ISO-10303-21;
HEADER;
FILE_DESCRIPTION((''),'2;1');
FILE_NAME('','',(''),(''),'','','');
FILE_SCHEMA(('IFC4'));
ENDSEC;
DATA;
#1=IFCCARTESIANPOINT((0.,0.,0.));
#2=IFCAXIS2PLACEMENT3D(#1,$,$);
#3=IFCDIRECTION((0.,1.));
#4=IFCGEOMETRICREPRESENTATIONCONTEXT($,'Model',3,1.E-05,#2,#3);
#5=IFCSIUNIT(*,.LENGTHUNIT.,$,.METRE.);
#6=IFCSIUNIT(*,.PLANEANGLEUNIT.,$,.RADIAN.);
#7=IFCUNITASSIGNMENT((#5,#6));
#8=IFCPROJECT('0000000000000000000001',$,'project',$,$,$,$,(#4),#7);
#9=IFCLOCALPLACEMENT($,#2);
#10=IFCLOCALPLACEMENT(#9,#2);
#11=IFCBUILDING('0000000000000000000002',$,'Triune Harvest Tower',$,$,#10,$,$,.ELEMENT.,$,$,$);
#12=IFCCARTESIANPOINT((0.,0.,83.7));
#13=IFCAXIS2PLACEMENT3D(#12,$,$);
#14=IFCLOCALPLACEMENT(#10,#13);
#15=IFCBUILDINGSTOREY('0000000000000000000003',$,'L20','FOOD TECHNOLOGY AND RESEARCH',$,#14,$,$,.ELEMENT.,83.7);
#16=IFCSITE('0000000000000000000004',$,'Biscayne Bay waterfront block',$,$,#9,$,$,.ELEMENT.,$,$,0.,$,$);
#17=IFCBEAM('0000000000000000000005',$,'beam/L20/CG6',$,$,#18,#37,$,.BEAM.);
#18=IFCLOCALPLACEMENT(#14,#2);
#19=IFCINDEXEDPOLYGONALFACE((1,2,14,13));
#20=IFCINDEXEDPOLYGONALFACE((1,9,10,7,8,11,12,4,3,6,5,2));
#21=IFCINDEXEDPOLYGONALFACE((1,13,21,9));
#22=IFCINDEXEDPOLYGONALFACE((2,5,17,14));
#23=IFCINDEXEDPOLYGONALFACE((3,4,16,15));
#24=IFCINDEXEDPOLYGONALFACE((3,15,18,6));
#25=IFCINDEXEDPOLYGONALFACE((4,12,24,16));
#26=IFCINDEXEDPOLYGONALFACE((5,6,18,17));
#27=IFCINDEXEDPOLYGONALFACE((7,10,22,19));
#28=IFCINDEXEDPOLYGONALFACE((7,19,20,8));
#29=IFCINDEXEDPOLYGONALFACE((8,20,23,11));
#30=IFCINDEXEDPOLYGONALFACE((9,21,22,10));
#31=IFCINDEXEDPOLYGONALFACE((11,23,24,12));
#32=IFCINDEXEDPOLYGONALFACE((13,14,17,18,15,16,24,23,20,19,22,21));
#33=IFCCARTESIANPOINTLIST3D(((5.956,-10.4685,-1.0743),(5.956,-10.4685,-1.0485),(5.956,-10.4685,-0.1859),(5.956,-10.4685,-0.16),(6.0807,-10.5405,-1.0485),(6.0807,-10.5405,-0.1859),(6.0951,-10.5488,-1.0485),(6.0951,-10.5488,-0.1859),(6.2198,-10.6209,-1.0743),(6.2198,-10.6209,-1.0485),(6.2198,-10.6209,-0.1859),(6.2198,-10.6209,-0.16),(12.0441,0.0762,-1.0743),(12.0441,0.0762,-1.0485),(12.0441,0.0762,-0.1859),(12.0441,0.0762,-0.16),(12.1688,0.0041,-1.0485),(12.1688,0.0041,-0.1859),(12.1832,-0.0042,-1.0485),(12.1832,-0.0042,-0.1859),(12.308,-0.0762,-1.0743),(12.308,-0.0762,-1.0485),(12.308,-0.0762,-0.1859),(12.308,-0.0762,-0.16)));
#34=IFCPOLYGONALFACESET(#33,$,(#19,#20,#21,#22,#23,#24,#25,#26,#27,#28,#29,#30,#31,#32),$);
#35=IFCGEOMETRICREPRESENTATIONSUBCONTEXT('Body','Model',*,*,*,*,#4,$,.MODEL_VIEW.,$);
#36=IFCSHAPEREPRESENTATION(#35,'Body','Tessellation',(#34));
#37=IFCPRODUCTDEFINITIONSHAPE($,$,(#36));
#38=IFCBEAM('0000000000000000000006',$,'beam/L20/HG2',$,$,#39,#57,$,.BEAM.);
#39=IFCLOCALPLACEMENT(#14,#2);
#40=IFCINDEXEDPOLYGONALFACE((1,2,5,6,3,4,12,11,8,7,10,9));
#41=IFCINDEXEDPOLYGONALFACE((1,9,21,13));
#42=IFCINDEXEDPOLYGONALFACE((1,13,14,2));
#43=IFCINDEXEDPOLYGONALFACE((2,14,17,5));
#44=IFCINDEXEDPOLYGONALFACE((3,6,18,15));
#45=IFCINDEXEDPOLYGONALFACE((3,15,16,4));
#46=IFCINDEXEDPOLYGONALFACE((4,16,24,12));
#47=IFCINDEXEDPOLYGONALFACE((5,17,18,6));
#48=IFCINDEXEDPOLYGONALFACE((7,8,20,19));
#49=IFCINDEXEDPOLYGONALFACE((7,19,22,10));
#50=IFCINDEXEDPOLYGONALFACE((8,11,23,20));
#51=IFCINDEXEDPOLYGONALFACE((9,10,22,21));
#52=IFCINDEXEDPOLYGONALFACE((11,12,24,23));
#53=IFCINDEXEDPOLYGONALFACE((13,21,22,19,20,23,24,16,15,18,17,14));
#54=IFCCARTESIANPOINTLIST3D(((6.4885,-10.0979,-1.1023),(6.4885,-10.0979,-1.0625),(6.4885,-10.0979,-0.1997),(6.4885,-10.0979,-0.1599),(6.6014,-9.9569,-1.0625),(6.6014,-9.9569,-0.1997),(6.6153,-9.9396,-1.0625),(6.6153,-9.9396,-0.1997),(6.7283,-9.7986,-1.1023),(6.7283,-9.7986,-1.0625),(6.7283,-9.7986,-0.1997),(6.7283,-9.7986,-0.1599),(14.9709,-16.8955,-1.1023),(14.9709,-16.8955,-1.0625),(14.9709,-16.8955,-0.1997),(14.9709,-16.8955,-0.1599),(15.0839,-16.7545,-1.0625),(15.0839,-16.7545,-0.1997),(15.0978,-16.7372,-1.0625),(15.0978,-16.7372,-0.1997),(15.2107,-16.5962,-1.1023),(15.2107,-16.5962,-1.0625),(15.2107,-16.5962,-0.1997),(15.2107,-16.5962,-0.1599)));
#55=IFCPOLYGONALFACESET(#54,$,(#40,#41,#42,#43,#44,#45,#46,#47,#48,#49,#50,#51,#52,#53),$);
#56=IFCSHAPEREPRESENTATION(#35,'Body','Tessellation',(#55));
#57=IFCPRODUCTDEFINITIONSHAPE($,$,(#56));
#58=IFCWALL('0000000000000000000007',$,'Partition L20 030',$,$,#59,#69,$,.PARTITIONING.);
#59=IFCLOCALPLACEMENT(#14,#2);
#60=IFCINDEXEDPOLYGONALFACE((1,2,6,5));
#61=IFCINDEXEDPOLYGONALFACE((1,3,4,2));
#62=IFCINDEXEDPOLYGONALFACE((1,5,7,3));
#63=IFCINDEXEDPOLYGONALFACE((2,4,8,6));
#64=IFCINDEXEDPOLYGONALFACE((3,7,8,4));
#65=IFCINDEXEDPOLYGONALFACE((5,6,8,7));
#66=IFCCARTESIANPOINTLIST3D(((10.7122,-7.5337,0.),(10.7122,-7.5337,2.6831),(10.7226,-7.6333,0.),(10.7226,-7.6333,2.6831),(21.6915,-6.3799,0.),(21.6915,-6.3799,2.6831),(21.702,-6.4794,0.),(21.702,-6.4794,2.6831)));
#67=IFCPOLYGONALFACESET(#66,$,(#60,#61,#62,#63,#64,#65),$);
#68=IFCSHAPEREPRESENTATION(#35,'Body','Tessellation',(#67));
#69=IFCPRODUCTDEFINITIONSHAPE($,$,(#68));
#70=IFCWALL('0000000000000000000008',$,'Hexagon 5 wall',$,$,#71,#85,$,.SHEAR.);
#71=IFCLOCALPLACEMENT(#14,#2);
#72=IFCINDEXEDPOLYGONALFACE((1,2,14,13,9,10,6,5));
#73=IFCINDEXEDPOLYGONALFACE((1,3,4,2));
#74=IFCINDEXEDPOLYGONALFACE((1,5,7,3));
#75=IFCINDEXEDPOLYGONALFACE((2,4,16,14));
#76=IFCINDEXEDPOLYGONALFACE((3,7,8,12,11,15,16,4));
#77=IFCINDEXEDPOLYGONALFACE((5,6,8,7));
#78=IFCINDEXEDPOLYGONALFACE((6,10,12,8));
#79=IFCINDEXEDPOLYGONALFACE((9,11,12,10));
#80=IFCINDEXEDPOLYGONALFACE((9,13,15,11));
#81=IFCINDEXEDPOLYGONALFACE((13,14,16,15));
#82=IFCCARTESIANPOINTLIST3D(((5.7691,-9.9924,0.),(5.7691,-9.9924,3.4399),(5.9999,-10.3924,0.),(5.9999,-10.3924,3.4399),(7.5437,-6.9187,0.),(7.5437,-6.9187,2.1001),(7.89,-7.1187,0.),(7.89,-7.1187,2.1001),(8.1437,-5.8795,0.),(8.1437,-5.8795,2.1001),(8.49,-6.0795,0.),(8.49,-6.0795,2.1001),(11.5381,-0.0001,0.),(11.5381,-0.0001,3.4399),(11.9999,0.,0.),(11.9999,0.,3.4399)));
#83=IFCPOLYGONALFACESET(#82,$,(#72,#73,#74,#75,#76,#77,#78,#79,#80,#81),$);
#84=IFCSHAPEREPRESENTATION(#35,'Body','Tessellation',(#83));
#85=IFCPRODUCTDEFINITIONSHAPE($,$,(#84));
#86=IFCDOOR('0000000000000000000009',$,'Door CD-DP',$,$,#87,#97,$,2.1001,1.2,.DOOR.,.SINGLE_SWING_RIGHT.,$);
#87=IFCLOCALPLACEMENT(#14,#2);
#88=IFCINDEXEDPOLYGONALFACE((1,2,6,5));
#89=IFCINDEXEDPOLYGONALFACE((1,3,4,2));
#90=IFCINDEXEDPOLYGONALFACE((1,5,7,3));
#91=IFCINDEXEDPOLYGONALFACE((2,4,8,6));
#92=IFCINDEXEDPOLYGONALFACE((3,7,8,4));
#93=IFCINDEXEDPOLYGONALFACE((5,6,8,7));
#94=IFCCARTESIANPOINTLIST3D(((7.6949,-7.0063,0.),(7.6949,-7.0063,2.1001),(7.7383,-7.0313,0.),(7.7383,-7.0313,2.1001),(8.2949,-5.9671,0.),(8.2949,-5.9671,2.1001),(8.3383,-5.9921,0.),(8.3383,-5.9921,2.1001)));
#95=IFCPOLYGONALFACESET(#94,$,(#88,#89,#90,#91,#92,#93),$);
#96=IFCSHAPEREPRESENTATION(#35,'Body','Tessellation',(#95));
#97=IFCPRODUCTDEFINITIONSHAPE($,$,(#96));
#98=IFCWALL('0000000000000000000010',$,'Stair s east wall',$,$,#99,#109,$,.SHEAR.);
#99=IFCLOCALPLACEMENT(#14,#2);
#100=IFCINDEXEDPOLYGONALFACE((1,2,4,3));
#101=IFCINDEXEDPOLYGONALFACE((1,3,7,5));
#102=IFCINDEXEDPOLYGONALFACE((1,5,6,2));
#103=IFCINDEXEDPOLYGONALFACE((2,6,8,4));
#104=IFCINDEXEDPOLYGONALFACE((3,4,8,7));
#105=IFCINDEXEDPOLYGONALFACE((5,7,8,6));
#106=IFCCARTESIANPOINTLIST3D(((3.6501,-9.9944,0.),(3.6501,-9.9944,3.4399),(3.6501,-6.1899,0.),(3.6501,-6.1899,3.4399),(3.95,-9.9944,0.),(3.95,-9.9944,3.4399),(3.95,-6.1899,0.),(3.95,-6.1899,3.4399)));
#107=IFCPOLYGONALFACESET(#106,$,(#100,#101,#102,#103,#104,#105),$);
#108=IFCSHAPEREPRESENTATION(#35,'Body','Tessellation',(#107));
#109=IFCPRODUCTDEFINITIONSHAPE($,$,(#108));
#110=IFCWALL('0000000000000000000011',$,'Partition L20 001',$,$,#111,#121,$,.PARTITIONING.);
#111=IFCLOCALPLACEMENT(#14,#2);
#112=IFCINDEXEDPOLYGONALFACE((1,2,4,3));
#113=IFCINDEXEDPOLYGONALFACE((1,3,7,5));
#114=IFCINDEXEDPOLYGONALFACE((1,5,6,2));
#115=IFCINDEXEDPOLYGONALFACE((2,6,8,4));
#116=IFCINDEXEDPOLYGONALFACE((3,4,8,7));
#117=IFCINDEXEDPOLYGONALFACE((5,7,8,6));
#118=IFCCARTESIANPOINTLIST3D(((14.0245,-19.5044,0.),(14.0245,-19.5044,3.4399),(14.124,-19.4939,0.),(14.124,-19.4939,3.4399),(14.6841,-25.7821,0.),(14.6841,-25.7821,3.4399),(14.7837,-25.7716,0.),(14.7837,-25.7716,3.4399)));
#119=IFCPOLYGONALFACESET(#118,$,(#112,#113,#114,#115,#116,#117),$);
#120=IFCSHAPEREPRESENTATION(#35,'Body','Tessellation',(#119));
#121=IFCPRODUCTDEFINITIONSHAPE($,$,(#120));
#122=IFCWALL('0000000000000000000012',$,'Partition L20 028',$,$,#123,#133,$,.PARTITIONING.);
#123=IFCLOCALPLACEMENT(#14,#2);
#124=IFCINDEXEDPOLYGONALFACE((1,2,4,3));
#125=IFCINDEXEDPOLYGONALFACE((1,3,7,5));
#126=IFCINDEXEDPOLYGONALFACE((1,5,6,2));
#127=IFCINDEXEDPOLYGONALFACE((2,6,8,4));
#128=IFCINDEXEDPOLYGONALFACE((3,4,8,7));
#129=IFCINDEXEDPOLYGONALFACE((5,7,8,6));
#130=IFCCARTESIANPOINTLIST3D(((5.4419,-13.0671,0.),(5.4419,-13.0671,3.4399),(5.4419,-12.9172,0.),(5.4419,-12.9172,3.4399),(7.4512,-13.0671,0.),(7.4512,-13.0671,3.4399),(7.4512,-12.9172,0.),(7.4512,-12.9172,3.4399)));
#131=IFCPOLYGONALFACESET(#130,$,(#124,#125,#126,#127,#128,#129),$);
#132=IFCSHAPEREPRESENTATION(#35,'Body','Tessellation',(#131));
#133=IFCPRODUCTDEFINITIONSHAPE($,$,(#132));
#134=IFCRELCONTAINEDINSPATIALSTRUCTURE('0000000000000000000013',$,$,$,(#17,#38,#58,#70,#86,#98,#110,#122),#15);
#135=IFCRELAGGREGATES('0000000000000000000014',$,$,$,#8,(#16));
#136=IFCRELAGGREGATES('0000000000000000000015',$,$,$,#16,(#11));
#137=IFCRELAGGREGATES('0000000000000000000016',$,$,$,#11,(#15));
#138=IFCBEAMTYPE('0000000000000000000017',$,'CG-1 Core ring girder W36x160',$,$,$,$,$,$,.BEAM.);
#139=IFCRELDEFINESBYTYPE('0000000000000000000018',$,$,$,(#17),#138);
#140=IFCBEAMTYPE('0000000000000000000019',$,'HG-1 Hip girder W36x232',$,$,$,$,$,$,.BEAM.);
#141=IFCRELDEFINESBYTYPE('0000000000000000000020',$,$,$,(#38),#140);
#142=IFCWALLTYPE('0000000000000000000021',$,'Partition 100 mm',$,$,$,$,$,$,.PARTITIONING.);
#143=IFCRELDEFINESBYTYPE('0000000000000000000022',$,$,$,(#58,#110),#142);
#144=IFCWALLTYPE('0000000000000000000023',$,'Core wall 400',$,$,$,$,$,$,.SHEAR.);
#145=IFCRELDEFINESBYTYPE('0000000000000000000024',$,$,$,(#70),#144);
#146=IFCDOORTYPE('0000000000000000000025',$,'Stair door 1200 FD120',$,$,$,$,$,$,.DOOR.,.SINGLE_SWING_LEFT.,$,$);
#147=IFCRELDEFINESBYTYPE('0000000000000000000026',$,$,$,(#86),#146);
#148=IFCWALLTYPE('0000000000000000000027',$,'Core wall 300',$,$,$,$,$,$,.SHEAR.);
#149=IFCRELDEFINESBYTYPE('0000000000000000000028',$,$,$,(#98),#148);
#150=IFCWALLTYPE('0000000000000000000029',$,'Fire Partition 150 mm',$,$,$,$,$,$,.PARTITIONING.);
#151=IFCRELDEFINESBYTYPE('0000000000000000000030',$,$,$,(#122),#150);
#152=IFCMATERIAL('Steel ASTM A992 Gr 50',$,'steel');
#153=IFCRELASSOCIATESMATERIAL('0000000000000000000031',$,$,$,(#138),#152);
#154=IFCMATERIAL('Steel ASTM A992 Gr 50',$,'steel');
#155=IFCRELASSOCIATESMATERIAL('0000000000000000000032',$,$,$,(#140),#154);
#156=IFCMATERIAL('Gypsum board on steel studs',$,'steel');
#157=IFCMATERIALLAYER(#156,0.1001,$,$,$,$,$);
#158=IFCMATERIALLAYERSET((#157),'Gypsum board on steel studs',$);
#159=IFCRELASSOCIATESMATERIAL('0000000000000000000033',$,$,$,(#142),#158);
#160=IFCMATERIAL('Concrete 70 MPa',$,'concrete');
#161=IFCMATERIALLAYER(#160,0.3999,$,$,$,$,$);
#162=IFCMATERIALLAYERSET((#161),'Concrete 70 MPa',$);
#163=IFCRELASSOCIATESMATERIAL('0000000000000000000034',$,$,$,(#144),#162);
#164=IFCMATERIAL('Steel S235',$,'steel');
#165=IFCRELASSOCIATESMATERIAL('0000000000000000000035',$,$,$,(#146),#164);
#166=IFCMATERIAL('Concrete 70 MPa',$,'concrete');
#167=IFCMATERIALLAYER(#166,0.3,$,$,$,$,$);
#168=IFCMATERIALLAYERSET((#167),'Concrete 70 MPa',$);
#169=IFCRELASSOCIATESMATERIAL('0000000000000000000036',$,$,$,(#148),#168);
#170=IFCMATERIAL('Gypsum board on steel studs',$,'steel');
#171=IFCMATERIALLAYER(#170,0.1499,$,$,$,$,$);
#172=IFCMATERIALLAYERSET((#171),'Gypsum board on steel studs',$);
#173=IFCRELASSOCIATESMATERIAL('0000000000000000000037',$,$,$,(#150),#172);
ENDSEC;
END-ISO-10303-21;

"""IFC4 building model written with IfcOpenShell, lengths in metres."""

from ifc_helpers import new_model, si_unit, direction, frame, frame_2d, origin, origin_2d, place, context, subcontext, project, spatial, polyline, rectangle, i_section, outline, extrude, source, transform, mapped, material, layer, layer_set, material_profile, profile_set, type_object, element, fill, save


model = new_model("IFC4")

# Units and contexts
model_context = context("Model", 3, precision=1e-05, world=origin(), true_north=direction((0.0, 1.0)))
body_context = subcontext(model_context, "Body", "Model", "MODEL_VIEW")
ifc_project = project(units=[si_unit("LENGTHUNIT", "METRE"), si_unit("PLANEANGLEUNIT", "RADIAN")], contexts=[model_context])

# Site, building, storey
site_placement = place(None, origin())
site = spatial("IfcSite", under=ifc_project, at=site_placement, Name="Biscayne Bay waterfront block", CompositionType="ELEMENT", RefElevation=0.0)
building_placement = place(site_placement, origin())
building = spatial("IfcBuilding", under=site, at=building_placement, Name="Triune Harvest Tower", CompositionType="ELEMENT")
storey_placement = place(building_placement, frame((0.0, 0.0, 83.7)))
storey = spatial("IfcBuildingStorey", under=building, at=storey_placement, Name="L20", Description="FOOD TECHNOLOGY AND RESEARCH", CompositionType="ELEMENT", Elevation=83.7)

# Beams
ifc_material_1 = material(Name="Steel ASTM A992 Gr 50", Category="steel")
ifc_material_profile_1 = material_profile(ifc_material_1, i_section(OverallWidth=0.3047, OverallDepth=0.9143, WebThickness=0.0166, FlangeThickness=0.0259, at=origin_2d()), Name="W36x160")
ifc_profile_set_1 = profile_set([ifc_material_profile_1], Name="Steel ASTM A992 Gr 50")
beam_type_1 = type_object("IfcBeamType", Name="CG-1 Core ring girder W36x160", PredefinedType="BEAM", material=ifc_profile_set_1)
shared_shape_1 = source(origin(), body_context, "Body", "SweptSolid", [
    extrude(i_section(OverallWidth=0.3047, OverallDepth=0.9143, WebThickness=0.0166, FlangeThickness=0.0259, at=origin_2d()), origin(), (0.0, 0.0, 1.0), 12.176),
])
beam_1_placement = place(storey_placement, frame((6.0879, -10.5447, -0.6172), z_axis=(0.50001, 0.86602, 0.0), x_axis=(-0.86602, 0.50001, 0.0)))
element("IfcBeam", 1, at=beam_1_placement, inside=storey, type_object=beam_type_1, Name="beam/L20/CG6", PredefinedType="BEAM", context=body_context, shape_type="MappedRepresentation", body=[
    mapped(shared_shape_1, transform((0.0, 0.0, 0.0), scale=1.0)),
])
ifc_material_2 = material(Name="Steel ASTM A992 Gr 50", Category="steel")
ifc_material_profile_2 = material_profile(ifc_material_2, i_section(OverallWidth=0.3835, OverallDepth=0.9424, WebThickness=0.0222, FlangeThickness=0.0398, at=origin_2d()), Name="W36x232")
ifc_profile_set_2 = profile_set([ifc_material_profile_2], Name="Steel ASTM A992 Gr 50")
beam_type_2 = type_object("IfcBeamType", Name="HG-1 Hip girder W36x232", PredefinedType="BEAM", material=ifc_profile_set_2)
shared_shape_2 = source(origin(), body_context, "Body", "SweptSolid", [
    extrude(i_section(OverallWidth=0.3835, OverallDepth=0.9424, WebThickness=0.0222, FlangeThickness=0.0398, at=origin_2d()), origin(), (0.0, 0.0, 1.0), 10.8701),
])
beam_2_placement = place(storey_placement, frame((15.0908, -16.7458, -0.6311), z_axis=(-0.780345, 0.625349, 0.0), x_axis=(-0.625349, -0.780345, 0.0)))
element("IfcBeam", 2, at=beam_2_placement, inside=storey, type_object=beam_type_2, Name="beam/L20/HG2", PredefinedType="BEAM", context=body_context, shape_type="MappedRepresentation", body=[
    mapped(shared_shape_2, transform((0.0, 0.0, 0.0), scale=1.0)),
])

# Wall
ifc_material_3 = material(Name="Gypsum board on steel studs", Category="steel")
ifc_layer_1 = layer(ifc_material_3, 0.1001)
ifc_layer_set_1 = layer_set([ifc_layer_1], Name="Gypsum board on steel studs")
wall_type_1 = type_object("IfcWallType", Name="Partition 100 mm", PredefinedType="PARTITIONING", material=ifc_layer_set_1)
wall_1_placement = place(storey_placement, frame((10.7173, -7.5835, 0.0), z_axis=(0.0, 0.0, 1.0), x_axis=(0.994523, 0.104514, 0.0)))
element("IfcWall", 3, at=wall_1_placement, inside=storey, type_object=wall_type_1, Name="Partition L20 030", PredefinedType="PARTITIONING", context=body_context, shape_type="SweptSolid", body=[
    extrude(rectangle(XDim=11.0398, YDim=0.1001, at=frame_2d((5.52, 0.0))), origin(), (0.0, 0.0, 1.0), 2.6831),
])

# Wall, opening, door
ifc_material_4 = material(Name="Concrete 70 MPa", Category="concrete")
ifc_layer_2 = layer(ifc_material_4, 0.3999)
ifc_layer_set_2 = layer_set([ifc_layer_2], Name="Concrete 70 MPa")
wall_type_2 = type_object("IfcWallType", Name="Core wall 400", PredefinedType="SHEAR", material=ifc_layer_set_2)
shared_shape_3 = source(origin(), body_context, "Body", "SweptSolid", [
    extrude(outline(polyline([(-0.1155, -0.2), (11.8845, -0.2), (11.6536, 0.2), (0.1155, 0.2), (-0.1155, -0.2)])), origin(), (0.0, 0.0, 1.0), 3.4399),
])
wall_2_placement = place(storey_placement, frame((5.8845, -10.1924, 0.0), z_axis=(0.0, 0.0, 1.0), x_axis=(0.499997, 0.866027, 0.0)))
wall_2 = element("IfcWall", 4, at=wall_2_placement, inside=storey, type_object=wall_type_2, Name="Hexagon 5 wall", PredefinedType="SHEAR", context=body_context, shape_type="MappedRepresentation", body=[
    mapped(shared_shape_3, transform((0.0, 0.0, 0.0), scale=1.0)),
])
opening_1_placement = place(wall_2_placement, frame((3.6646, 0.0, 0.0)))
opening_1 = element("IfcOpeningElement", 5, at=opening_1_placement, cuts=wall_2, PredefinedType="OPENING", context=body_context, shape_type="SweptSolid", body=[
    extrude(rectangle(XDim=1.2, YDim=2.1001, at=frame_2d((0.6001, 1.05))), frame((0.0, 0.21, 0.0), z_axis=(0.0, -1.0, 0.0), x_axis=(1.0, 0.0, 0.0)), (0.0, 0.0, 1.0), 0.4199),
])
ifc_material_5 = material(Name="Steel S235", Category="steel")
door_type_1 = type_object("IfcDoorType", Name="Stair door 1200 FD120", OperationType="SINGLE_SWING_LEFT", PredefinedType="DOOR", material=ifc_material_5)
door_1_placement = place(opening_1_placement, frame((1.2, 0.0, 0.0), z_axis=(0.0, 0.0, 1.0), x_axis=(-1.0, 0.0, 0.0)))
door_1 = element("IfcDoor", 6, at=door_1_placement, inside=storey, type_object=door_type_1, Name="Door CD-DP", OperationType="SINGLE_SWING_RIGHT", OverallHeight=2.1001, OverallWidth=1.2, PredefinedType="DOOR", context=body_context, shape_type="SweptSolid", body=[
    extrude(rectangle(XDim=1.2, YDim=2.1001, at=frame_2d((0.6001, 1.05))), frame((0.0, 0.0249, 0.0), z_axis=(0.0, -1.0, 0.0), x_axis=(1.0, 0.0, 0.0)), (0.0, 0.0, 1.0), 0.05),
])
fill(opening_1, door_1)

# Walls
ifc_material_6 = material(Name="Concrete 70 MPa", Category="concrete")
ifc_layer_3 = layer(ifc_material_6, 0.3)
ifc_layer_set_3 = layer_set([ifc_layer_3], Name="Concrete 70 MPa")
wall_type_3 = type_object("IfcWallType", Name="Core wall 300", PredefinedType="SHEAR", material=ifc_layer_set_3)
shared_shape_4 = source(origin(), body_context, "Body", "SweptSolid", [
    extrude(outline(polyline([(3.8, -0.1499), (-0.0044, -0.1499), (-0.0044, 0.1499), (3.8, 0.1499), (3.8, -0.1499)])), origin(), (0.0, 0.0, 1.0), 3.4399),
])
wall_3_placement = place(storey_placement, frame((3.8, -9.99, 0.0), z_axis=(0.0, 0.0, 1.0), x_axis=(0.0, 1.0, 0.0)))
element("IfcWall", 7, at=wall_3_placement, inside=storey, type_object=wall_type_3, Name="Stair s east wall", PredefinedType="SHEAR", context=body_context, shape_type="MappedRepresentation", body=[
    mapped(shared_shape_4, transform((0.0, 0.0, 0.0), scale=1.0)),
])
shared_shape_5 = source(origin(), body_context, "Body", "SweptSolid", [
    extrude(rectangle(XDim=6.3123, YDim=0.1001, at=frame_2d((3.1562, 0.0))), origin(), (0.0, 0.0, 1.0), 3.4399),
])
wall_4_placement = place(storey_placement, frame((14.0742, -19.499, 0.0), z_axis=(0.0, 0.0, 1.0), x_axis=(0.104508, -0.994524, 0.0)))
element("IfcWall", 8, at=wall_4_placement, inside=storey, type_object=wall_type_1, Name="Partition L20 001", PredefinedType="PARTITIONING", context=body_context, shape_type="MappedRepresentation", body=[
    mapped(shared_shape_5, transform((0.0, 0.0, 0.0), scale=1.0)),
])
ifc_material_7 = material(Name="Gypsum board on steel studs", Category="steel")
ifc_layer_4 = layer(ifc_material_7, 0.1499)
ifc_layer_set_4 = layer_set([ifc_layer_4], Name="Gypsum board on steel studs")
wall_type_4 = type_object("IfcWallType", Name="Fire Partition 150 mm", PredefinedType="PARTITIONING", material=ifc_layer_set_4)
shared_shape_6 = source(origin(), body_context, "Body", "SweptSolid", [
    extrude(rectangle(XDim=2.0093, YDim=0.1499, at=frame_2d((1.0046, 0.0))), origin(), (0.0, 0.0, 1.0), 3.4399),
])
wall_5_placement = place(storey_placement, frame((5.4419, -12.9922, 0.0), z_axis=(0.0, 0.0, 1.0), x_axis=(1.0, 0.0, 0.0)))
element("IfcWall", 9, at=wall_5_placement, inside=storey, type_object=wall_type_4, Name="Partition L20 028", PredefinedType="PARTITIONING", context=body_context, shape_type="MappedRepresentation", body=[
    mapped(shared_shape_6, transform((0.0, 0.0, 0.0), scale=1.0)),
])

save(model, "model.ifc")
